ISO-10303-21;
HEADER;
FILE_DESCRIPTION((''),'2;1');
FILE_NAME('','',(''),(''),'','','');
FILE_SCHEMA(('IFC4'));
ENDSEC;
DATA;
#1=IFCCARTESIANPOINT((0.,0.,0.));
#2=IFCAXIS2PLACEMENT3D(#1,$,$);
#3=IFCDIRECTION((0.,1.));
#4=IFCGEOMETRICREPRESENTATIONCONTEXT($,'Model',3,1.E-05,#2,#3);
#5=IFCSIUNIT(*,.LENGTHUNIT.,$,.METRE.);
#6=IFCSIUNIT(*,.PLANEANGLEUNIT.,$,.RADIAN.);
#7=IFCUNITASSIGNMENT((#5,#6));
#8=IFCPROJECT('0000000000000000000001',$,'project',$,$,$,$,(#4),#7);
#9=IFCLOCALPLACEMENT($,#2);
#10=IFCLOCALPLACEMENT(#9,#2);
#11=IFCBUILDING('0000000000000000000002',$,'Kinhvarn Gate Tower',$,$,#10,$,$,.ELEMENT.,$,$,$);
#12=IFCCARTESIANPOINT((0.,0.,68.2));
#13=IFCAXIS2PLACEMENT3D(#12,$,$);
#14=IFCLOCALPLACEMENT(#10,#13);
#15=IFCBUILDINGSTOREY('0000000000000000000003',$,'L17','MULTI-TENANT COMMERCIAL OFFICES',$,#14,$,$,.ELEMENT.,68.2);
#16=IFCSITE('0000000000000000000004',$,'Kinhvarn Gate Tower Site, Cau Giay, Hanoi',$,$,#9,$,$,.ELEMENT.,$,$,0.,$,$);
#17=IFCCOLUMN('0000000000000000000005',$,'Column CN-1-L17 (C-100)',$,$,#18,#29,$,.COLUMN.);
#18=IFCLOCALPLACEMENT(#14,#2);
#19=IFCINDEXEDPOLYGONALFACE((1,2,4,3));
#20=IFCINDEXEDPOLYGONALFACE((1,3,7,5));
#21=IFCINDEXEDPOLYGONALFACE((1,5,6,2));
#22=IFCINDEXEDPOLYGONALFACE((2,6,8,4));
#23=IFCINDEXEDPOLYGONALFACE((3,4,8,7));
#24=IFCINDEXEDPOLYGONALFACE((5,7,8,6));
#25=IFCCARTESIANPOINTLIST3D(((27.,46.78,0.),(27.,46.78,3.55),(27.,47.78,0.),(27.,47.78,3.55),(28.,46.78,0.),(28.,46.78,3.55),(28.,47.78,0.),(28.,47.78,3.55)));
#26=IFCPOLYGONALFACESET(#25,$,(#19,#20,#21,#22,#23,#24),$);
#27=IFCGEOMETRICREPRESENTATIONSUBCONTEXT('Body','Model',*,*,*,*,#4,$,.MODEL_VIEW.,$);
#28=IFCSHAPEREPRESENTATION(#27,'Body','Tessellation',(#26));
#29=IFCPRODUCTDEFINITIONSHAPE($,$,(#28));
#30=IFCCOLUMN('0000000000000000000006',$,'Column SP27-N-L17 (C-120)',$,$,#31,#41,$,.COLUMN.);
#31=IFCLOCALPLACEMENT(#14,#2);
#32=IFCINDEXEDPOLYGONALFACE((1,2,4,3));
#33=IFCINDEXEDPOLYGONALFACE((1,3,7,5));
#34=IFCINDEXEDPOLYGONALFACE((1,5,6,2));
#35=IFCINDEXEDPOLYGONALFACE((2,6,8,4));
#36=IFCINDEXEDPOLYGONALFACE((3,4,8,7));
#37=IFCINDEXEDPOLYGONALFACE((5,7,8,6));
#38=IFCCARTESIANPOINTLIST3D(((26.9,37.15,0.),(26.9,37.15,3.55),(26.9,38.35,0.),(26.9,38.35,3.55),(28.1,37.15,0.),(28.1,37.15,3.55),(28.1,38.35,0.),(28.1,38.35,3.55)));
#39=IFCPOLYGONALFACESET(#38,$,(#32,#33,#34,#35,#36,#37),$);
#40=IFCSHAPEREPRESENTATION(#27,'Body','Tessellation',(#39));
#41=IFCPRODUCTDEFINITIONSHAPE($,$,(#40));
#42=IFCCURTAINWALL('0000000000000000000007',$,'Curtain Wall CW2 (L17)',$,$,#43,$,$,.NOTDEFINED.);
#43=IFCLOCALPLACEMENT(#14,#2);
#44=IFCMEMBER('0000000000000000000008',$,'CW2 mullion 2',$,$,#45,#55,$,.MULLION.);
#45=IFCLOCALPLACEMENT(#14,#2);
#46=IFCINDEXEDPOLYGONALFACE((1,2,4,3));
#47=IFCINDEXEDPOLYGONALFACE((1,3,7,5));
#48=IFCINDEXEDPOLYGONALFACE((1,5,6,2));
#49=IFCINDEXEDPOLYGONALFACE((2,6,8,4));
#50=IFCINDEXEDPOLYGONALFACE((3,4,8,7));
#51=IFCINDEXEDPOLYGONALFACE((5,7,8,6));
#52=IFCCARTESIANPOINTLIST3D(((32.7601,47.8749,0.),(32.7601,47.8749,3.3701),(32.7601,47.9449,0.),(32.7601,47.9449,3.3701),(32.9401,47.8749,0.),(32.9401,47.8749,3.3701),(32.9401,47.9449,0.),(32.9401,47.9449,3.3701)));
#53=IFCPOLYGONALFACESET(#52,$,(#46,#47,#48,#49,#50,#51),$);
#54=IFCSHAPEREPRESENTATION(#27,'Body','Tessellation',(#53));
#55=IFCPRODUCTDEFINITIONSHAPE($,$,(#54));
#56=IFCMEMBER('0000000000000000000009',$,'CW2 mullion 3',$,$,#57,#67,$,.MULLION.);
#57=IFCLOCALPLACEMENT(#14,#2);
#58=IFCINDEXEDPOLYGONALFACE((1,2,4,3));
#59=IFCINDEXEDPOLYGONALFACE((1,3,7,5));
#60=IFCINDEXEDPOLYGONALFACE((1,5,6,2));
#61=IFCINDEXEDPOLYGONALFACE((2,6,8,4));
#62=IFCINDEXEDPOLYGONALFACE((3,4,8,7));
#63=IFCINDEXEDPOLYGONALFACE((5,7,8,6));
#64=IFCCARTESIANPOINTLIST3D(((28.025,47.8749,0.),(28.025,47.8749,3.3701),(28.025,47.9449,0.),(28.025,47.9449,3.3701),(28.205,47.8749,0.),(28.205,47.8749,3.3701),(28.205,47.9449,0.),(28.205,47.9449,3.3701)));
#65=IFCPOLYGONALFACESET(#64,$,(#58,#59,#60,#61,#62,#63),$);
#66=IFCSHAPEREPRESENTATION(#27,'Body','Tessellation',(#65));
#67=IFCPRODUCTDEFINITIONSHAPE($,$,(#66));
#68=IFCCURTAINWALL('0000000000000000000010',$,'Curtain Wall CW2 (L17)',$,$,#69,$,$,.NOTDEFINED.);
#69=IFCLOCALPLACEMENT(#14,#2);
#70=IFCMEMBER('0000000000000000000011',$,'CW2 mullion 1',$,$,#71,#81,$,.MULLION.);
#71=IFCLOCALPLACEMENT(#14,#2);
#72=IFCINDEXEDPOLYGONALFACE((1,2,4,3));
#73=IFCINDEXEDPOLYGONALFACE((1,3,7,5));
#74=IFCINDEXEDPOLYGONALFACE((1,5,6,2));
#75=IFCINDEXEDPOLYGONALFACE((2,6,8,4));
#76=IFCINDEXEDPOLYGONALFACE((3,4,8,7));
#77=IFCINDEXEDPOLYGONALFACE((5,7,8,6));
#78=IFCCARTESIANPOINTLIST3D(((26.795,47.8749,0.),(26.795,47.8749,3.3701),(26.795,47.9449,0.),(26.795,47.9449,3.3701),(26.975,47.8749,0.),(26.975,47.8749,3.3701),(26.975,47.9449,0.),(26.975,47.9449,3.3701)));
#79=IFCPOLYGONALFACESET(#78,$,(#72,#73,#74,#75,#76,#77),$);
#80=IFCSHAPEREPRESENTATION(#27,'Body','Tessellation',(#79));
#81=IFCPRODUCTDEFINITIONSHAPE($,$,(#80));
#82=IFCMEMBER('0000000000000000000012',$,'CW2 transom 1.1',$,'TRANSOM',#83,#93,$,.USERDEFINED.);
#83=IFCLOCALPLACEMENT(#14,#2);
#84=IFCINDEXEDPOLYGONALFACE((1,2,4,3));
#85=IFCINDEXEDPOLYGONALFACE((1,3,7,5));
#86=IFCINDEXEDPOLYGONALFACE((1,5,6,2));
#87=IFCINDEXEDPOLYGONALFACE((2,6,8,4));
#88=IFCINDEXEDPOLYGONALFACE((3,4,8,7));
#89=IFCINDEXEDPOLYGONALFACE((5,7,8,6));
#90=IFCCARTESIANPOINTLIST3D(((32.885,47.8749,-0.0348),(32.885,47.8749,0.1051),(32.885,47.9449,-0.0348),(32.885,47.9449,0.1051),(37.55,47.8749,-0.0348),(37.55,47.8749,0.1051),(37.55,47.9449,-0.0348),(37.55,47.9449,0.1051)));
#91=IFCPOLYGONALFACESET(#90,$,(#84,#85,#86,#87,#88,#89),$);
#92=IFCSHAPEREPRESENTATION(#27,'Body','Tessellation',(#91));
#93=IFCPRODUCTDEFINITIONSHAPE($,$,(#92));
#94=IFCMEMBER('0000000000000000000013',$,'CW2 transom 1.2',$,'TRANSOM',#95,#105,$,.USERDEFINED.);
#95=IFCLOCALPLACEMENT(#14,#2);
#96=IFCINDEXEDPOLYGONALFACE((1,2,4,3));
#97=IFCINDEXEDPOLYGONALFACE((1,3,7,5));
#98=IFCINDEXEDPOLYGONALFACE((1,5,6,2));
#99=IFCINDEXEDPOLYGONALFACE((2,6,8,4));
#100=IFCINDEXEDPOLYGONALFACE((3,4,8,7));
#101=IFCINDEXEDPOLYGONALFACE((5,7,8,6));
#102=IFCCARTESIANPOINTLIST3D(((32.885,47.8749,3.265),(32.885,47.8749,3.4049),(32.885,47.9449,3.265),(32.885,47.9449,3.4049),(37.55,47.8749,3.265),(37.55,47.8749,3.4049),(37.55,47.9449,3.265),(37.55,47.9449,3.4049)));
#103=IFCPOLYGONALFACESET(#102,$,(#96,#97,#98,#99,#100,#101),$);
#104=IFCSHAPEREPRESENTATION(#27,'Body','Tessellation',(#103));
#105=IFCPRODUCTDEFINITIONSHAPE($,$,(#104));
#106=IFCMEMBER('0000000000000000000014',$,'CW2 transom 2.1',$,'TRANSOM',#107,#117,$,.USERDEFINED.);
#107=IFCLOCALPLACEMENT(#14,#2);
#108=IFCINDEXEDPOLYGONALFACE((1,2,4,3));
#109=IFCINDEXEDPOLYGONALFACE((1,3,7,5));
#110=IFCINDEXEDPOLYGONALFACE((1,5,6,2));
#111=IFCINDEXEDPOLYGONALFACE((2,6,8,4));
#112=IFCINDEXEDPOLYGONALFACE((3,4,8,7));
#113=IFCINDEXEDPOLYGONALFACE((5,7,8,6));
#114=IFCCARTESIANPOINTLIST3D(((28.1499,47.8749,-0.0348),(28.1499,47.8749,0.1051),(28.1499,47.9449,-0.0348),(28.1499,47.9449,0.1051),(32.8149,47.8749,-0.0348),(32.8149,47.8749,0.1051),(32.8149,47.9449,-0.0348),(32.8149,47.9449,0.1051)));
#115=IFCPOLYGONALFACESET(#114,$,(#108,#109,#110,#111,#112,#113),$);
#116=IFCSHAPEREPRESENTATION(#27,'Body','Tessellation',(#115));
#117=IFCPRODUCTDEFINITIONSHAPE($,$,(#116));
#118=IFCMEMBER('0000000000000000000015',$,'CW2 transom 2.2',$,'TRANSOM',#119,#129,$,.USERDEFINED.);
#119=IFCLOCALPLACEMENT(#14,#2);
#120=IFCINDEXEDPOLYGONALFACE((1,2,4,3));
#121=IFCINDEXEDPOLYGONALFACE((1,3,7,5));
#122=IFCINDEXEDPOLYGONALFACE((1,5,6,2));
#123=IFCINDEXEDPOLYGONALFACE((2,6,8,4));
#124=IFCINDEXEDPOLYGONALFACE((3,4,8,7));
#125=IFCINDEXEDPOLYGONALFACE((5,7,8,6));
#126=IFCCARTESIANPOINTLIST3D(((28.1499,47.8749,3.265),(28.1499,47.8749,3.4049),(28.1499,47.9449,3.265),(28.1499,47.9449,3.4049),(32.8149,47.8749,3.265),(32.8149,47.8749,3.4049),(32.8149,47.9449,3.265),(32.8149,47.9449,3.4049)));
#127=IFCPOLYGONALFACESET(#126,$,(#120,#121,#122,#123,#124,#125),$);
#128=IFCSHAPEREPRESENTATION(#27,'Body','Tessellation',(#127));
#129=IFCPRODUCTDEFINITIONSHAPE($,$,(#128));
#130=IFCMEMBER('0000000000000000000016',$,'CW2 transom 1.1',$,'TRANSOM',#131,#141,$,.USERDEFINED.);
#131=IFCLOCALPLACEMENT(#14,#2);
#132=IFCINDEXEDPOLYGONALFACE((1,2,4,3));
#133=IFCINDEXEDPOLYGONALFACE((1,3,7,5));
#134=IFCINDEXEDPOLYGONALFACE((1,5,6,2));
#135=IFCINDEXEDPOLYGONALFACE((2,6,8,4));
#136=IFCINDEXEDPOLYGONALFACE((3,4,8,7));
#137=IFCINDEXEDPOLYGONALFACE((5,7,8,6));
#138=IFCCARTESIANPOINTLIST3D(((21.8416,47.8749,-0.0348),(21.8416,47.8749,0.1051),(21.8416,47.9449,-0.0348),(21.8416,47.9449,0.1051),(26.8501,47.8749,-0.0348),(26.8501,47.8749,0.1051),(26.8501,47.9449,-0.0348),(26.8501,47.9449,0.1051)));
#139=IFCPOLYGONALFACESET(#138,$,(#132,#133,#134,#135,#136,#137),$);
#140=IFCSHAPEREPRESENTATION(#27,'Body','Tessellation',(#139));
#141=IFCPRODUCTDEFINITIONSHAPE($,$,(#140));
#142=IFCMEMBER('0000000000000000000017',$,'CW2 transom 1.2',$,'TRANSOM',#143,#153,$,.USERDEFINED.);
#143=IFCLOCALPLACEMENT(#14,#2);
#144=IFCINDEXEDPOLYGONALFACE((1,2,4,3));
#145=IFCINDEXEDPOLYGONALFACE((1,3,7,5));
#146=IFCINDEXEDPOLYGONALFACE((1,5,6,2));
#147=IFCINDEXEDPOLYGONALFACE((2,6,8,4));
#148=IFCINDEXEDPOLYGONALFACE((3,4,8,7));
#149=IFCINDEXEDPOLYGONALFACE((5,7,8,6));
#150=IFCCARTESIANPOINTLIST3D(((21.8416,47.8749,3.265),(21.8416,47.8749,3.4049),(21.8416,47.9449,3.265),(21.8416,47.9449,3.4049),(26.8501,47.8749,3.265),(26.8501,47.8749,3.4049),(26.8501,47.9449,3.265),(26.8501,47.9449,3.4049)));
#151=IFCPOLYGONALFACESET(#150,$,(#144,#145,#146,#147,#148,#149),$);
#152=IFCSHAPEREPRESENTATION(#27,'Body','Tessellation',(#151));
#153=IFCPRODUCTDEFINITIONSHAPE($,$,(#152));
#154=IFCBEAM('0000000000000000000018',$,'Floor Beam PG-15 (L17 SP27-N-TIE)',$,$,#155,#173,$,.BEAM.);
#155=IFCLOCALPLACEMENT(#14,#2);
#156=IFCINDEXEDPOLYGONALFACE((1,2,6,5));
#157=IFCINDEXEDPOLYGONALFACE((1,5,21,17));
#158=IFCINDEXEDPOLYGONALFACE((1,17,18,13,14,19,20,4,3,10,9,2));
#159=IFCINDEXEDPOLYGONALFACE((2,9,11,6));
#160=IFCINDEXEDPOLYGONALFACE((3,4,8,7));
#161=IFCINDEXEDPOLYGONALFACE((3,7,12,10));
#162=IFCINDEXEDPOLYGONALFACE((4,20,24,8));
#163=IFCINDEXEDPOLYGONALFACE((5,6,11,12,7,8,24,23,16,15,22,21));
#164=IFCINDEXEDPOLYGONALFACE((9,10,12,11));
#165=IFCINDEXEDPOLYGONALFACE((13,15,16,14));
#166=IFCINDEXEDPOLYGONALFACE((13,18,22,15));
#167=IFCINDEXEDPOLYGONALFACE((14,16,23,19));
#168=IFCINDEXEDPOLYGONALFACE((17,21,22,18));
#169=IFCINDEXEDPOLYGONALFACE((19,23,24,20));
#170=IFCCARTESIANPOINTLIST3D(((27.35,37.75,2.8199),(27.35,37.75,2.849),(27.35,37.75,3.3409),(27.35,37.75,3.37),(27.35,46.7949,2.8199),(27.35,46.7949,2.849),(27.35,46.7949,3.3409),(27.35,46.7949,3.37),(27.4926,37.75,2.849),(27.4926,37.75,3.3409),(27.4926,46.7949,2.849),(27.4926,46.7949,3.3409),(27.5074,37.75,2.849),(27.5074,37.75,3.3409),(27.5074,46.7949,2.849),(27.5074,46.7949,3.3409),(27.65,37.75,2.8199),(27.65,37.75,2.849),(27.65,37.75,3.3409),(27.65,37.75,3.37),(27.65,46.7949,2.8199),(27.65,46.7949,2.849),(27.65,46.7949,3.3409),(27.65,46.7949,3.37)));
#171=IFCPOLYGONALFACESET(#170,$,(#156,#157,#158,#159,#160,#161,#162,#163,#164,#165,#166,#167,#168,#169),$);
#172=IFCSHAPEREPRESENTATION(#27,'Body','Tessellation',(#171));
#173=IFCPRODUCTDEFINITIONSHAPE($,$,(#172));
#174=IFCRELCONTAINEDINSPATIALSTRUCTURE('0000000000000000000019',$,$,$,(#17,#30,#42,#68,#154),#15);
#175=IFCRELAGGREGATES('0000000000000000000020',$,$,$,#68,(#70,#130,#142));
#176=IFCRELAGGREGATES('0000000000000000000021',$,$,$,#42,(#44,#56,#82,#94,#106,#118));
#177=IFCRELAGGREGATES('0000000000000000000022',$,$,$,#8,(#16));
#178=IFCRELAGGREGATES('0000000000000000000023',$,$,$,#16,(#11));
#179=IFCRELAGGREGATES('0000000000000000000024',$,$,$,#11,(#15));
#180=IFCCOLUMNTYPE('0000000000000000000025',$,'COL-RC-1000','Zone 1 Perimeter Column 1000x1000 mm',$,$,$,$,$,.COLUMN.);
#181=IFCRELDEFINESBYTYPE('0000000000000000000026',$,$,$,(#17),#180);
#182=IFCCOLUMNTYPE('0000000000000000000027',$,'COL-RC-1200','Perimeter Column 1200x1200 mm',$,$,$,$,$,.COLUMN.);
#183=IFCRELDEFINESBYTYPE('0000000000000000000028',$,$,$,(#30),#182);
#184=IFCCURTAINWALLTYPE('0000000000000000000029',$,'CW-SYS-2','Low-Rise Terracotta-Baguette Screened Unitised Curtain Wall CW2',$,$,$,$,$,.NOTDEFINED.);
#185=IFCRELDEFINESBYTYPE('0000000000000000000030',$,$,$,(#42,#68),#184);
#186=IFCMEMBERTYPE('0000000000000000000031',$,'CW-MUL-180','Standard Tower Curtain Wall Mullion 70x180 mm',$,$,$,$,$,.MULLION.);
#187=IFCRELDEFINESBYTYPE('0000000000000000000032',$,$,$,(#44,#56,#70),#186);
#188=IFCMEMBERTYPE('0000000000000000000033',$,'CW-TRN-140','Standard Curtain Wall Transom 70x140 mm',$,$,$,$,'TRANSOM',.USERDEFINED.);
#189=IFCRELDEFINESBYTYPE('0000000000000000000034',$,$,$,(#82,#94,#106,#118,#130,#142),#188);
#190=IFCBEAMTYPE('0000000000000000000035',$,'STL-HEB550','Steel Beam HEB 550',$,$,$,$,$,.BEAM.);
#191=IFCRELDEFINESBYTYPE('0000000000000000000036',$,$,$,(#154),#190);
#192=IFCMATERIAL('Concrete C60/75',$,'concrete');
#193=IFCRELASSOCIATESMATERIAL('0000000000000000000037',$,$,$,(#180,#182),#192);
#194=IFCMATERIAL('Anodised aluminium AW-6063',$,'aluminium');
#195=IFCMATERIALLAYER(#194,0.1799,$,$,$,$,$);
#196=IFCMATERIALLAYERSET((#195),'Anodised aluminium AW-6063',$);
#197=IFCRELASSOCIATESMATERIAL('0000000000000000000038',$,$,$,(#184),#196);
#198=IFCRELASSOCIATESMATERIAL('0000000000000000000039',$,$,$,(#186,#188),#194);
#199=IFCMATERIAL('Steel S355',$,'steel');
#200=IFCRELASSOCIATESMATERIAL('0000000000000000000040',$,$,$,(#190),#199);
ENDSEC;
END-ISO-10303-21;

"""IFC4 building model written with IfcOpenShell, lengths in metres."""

from ifc_helpers import new_model, si_unit, direction, frame, origin, origin_2d, place, context, subcontext, project, spatial, rectangle, i_section, extrude, material, layer, layer_set, material_profile, profile_set, type_object, element, aggregate, save


model = new_model("IFC4")

# Units and contexts
model_context = context("Model", 3, precision=1e-05, world=origin(), true_north=direction((0.0, 1.0)))
body_context = subcontext(model_context, "Body", "Model", "MODEL_VIEW")
ifc_project = project(units=[si_unit("LENGTHUNIT", "METRE"), si_unit("PLANEANGLEUNIT", "RADIAN")], contexts=[model_context])

# Site, building, storey
site_placement = place(None, origin())
site = spatial("IfcSite", under=ifc_project, at=site_placement, Name="Kinhvarn Gate Tower Site, Cau Giay, Hanoi", CompositionType="ELEMENT", RefElevation=0.0)
building_placement = place(site_placement, origin())
building = spatial("IfcBuilding", under=site, at=building_placement, Name="Kinhvarn Gate Tower", CompositionType="ELEMENT")
storey_placement = place(building_placement, frame((0.0, 0.0, 68.2)))
storey = spatial("IfcBuildingStorey", under=building, at=storey_placement, Name="L17", Description="MULTI-TENANT COMMERCIAL OFFICES", CompositionType="ELEMENT", Elevation=68.2)

# Columns
ifc_material_1 = material(Name="Concrete C60/75", Category="concrete")
ifc_material_profile_1 = material_profile(ifc_material_1, rectangle(XDim=1.0, YDim=1.0, at=origin_2d()), Name="RC 1000x1000")
ifc_profile_set_1 = profile_set([ifc_material_profile_1], Name="Concrete C60/75")
column_type_1 = type_object("IfcColumnType", Name="COL-RC-1000", Description="Zone 1 Perimeter Column 1000x1000 mm", PredefinedType="COLUMN", material=ifc_profile_set_1)
column_1_placement = place(storey_placement, frame((27.5, 47.28, 0.0), z_axis=(0.0, 0.0, 1.0), x_axis=(1.0, 0.0, 0.0)))
element("IfcColumn", 1, at=column_1_placement, inside=storey, type_object=column_type_1, Name="Column CN-1-L17 (C-100)", PredefinedType="COLUMN", context=body_context, shape_type="SweptSolid", body=[
    extrude(rectangle(XDim=1.0, YDim=1.0, at=origin_2d()), origin(), (0.0, 0.0, 1.0), 3.55),
])
ifc_material_profile_2 = material_profile(ifc_material_1, rectangle(XDim=1.2, YDim=1.2, at=origin_2d()), Name="RC 1200x1200")
ifc_profile_set_2 = profile_set([ifc_material_profile_2], Name="Concrete C60/75")
column_type_2 = type_object("IfcColumnType", Name="COL-RC-1200", Description="Perimeter Column 1200x1200 mm", PredefinedType="COLUMN", material=ifc_profile_set_2)
column_2_placement = place(storey_placement, frame((27.5, 37.75, 0.0), z_axis=(0.0, 0.0, 1.0), x_axis=(1.0, 0.0, 0.0)))
element("IfcColumn", 2, at=column_2_placement, inside=storey, type_object=column_type_2, Name="Column SP27-N-L17 (C-120)", PredefinedType="COLUMN", context=body_context, shape_type="SweptSolid", body=[
    extrude(rectangle(XDim=1.2, YDim=1.2, at=origin_2d()), origin(), (0.0, 0.0, 1.0), 3.55),
])

# Curtain wall, members
ifc_material_2 = material(Name="Anodised aluminium AW-6063", Category="aluminium")
ifc_layer_1 = layer(ifc_material_2, 0.1799)
ifc_layer_set_1 = layer_set([ifc_layer_1], Name="Anodised aluminium AW-6063")
curtain_wall_type = type_object("IfcCurtainWallType", Name="CW-SYS-2", Description="Low-Rise Terracotta-Baguette Screened Unitised Curtain Wall CW2", PredefinedType="NOTDEFINED", material=ifc_layer_set_1)
curtain_wall_1_placement = place(storey_placement, origin())
curtain_wall_1 = element("IfcCurtainWall", 3, at=curtain_wall_1_placement, inside=storey, type_object=curtain_wall_type, Name="Curtain Wall CW2 (L17)", PredefinedType="NOTDEFINED")
ifc_material_profile_3 = material_profile(ifc_material_2, rectangle(XDim=0.0701, YDim=0.1799, at=origin_2d()), Name="ALU 70x180")
ifc_profile_set_3 = profile_set([ifc_material_profile_3], Name="Anodised aluminium AW-6063")
member_type_1 = type_object("IfcMemberType", Name="CW-MUL-180", Description="Standard Tower Curtain Wall Mullion 70x180 mm", PredefinedType="MULLION", material=ifc_profile_set_3)
member_1_placement = place(storey_placement, frame((32.8501, 47.9099, 0.0), z_axis=(0.0, 0.0, 1.0), x_axis=(0.0, -1.0, 0.0)))
member_1 = element("IfcMember", 4, at=member_1_placement, type_object=member_type_1, Name="CW2 mullion 2", PredefinedType="MULLION", context=body_context, shape_type="SweptSolid", body=[
    extrude(rectangle(XDim=0.0701, YDim=0.1799, at=origin_2d()), origin(), (0.0, 0.0, 1.0), 3.3701),
])
member_2_placement = place(storey_placement, frame((28.115, 47.9099, 0.0), z_axis=(0.0, 0.0, 1.0), x_axis=(0.0, -1.0, 0.0)))
member_2 = element("IfcMember", 5, at=member_2_placement, type_object=member_type_1, Name="CW2 mullion 3", PredefinedType="MULLION", context=body_context, shape_type="SweptSolid", body=[
    extrude(rectangle(XDim=0.0701, YDim=0.1799, at=origin_2d()), origin(), (0.0, 0.0, 1.0), 3.3701),
])

# Curtain wall, member
curtain_wall_2_placement = place(storey_placement, origin())
curtain_wall_2 = element("IfcCurtainWall", 6, at=curtain_wall_2_placement, inside=storey, type_object=curtain_wall_type, Name="Curtain Wall CW2 (L17)", PredefinedType="NOTDEFINED")
member_3_placement = place(storey_placement, frame((26.885, 47.9099, 0.0), z_axis=(0.0, 0.0, 1.0), x_axis=(0.0, -1.0, 0.0)))
member_3 = element("IfcMember", 7, at=member_3_placement, type_object=member_type_1, Name="CW2 mullion 1", PredefinedType="MULLION", context=body_context, shape_type="SweptSolid", body=[
    extrude(rectangle(XDim=0.0701, YDim=0.1799, at=origin_2d()), origin(), (0.0, 0.0, 1.0), 3.3701),
])

# Members
ifc_material_profile_4 = material_profile(ifc_material_2, rectangle(XDim=0.0701, YDim=0.1399, at=origin_2d()), Name="ALU 70x140")
ifc_profile_set_4 = profile_set([ifc_material_profile_4], Name="Anodised aluminium AW-6063")
member_type_2 = type_object("IfcMemberType", Name="CW-TRN-140", Description="Standard Curtain Wall Transom 70x140 mm", ElementType="TRANSOM", PredefinedType="USERDEFINED", material=ifc_profile_set_4)
member_4_placement = place(storey_placement, frame((37.55, 47.9099, 0.0352), z_axis=(-1.0, 0.0, 0.0), x_axis=(0.0, -1.0, 0.0)))
member_4 = element("IfcMember", 8, at=member_4_placement, type_object=member_type_2, Name="CW2 transom 1.1", ObjectType="TRANSOM", PredefinedType="USERDEFINED", context=body_context, shape_type="SweptSolid", body=[
    extrude(rectangle(XDim=0.0701, YDim=0.1399, at=origin_2d()), origin(), (0.0, 0.0, 1.0), 4.665),
])
member_5_placement = place(storey_placement, frame((37.55, 47.9099, 3.335), z_axis=(-1.0, 0.0, 0.0), x_axis=(0.0, -1.0, 0.0)))
member_5 = element("IfcMember", 9, at=member_5_placement, type_object=member_type_2, Name="CW2 transom 1.2", ObjectType="TRANSOM", PredefinedType="USERDEFINED", context=body_context, shape_type="SweptSolid", body=[
    extrude(rectangle(XDim=0.0701, YDim=0.1399, at=origin_2d()), origin(), (0.0, 0.0, 1.0), 4.665),
])
member_6_placement = place(storey_placement, frame((32.8149, 47.9099, 0.0352), z_axis=(-1.0, 0.0, 0.0), x_axis=(0.0, -1.0, 0.0)))
member_6 = element("IfcMember", 10, at=member_6_placement, type_object=member_type_2, Name="CW2 transom 2.1", ObjectType="TRANSOM", PredefinedType="USERDEFINED", context=body_context, shape_type="SweptSolid", body=[
    extrude(rectangle(XDim=0.0701, YDim=0.1399, at=origin_2d()), origin(), (0.0, 0.0, 1.0), 4.665),
])
member_7_placement = place(storey_placement, frame((32.8149, 47.9099, 3.335), z_axis=(-1.0, 0.0, 0.0), x_axis=(0.0, -1.0, 0.0)))
member_7 = element("IfcMember", 11, at=member_7_placement, type_object=member_type_2, Name="CW2 transom 2.2", ObjectType="TRANSOM", PredefinedType="USERDEFINED", context=body_context, shape_type="SweptSolid", body=[
    extrude(rectangle(XDim=0.0701, YDim=0.1399, at=origin_2d()), origin(), (0.0, 0.0, 1.0), 4.665),
])
member_8_placement = place(storey_placement, frame((26.8501, 47.9099, 0.0352), z_axis=(-1.0, 0.0, 0.0), x_axis=(0.0, -1.0, 0.0)))
member_8 = element("IfcMember", 12, at=member_8_placement, type_object=member_type_2, Name="CW2 transom 1.1", ObjectType="TRANSOM", PredefinedType="USERDEFINED", context=body_context, shape_type="SweptSolid", body=[
    extrude(rectangle(XDim=0.0701, YDim=0.1399, at=origin_2d()), origin(), (0.0, 0.0, 1.0), 5.0085),
])
member_9_placement = place(storey_placement, frame((26.8501, 47.9099, 3.335), z_axis=(-1.0, 0.0, 0.0), x_axis=(0.0, -1.0, 0.0)))
member_9 = element("IfcMember", 13, at=member_9_placement, type_object=member_type_2, Name="CW2 transom 1.2", ObjectType="TRANSOM", PredefinedType="USERDEFINED", context=body_context, shape_type="SweptSolid", body=[
    extrude(rectangle(XDim=0.0701, YDim=0.1399, at=origin_2d()), origin(), (0.0, 0.0, 1.0), 5.0085),
])
aggregate(curtain_wall_2, [member_3, member_8, member_9])

# Beam
ifc_material_3 = material(Name="Steel S355", Category="steel")
ifc_material_profile_5 = material_profile(ifc_material_3, i_section(OverallWidth=0.3, OverallDepth=0.55, WebThickness=0.0149, FlangeThickness=0.0291, at=origin_2d()), Name="HEB 550")
ifc_profile_set_5 = profile_set([ifc_material_profile_5], Name="Steel S355")
beam_type_1 = type_object("IfcBeamType", Name="STL-HEB550", Description="Steel Beam HEB 550", PredefinedType="BEAM", material=ifc_profile_set_5)
beam_1_placement = place(storey_placement, frame((27.5, 37.75, 3.095), z_axis=(0.0, 1.0, 0.0), x_axis=(-1.0, 0.0, 0.0)))
element("IfcBeam", 14, at=beam_1_placement, inside=storey, type_object=beam_type_1, Name="Floor Beam PG-15 (L17 SP27-N-TIE)", PredefinedType="BEAM", context=body_context, shape_type="SweptSolid", body=[
    extrude(i_section(OverallWidth=0.3, OverallDepth=0.55, WebThickness=0.0149, FlangeThickness=0.0291, at=origin_2d()), origin(), (0.0, 0.0, 1.0), 9.0449),
])

aggregate(curtain_wall_1, [member_1, member_2, member_4, member_5, member_6, member_7])

save(model, "model.ifc")
